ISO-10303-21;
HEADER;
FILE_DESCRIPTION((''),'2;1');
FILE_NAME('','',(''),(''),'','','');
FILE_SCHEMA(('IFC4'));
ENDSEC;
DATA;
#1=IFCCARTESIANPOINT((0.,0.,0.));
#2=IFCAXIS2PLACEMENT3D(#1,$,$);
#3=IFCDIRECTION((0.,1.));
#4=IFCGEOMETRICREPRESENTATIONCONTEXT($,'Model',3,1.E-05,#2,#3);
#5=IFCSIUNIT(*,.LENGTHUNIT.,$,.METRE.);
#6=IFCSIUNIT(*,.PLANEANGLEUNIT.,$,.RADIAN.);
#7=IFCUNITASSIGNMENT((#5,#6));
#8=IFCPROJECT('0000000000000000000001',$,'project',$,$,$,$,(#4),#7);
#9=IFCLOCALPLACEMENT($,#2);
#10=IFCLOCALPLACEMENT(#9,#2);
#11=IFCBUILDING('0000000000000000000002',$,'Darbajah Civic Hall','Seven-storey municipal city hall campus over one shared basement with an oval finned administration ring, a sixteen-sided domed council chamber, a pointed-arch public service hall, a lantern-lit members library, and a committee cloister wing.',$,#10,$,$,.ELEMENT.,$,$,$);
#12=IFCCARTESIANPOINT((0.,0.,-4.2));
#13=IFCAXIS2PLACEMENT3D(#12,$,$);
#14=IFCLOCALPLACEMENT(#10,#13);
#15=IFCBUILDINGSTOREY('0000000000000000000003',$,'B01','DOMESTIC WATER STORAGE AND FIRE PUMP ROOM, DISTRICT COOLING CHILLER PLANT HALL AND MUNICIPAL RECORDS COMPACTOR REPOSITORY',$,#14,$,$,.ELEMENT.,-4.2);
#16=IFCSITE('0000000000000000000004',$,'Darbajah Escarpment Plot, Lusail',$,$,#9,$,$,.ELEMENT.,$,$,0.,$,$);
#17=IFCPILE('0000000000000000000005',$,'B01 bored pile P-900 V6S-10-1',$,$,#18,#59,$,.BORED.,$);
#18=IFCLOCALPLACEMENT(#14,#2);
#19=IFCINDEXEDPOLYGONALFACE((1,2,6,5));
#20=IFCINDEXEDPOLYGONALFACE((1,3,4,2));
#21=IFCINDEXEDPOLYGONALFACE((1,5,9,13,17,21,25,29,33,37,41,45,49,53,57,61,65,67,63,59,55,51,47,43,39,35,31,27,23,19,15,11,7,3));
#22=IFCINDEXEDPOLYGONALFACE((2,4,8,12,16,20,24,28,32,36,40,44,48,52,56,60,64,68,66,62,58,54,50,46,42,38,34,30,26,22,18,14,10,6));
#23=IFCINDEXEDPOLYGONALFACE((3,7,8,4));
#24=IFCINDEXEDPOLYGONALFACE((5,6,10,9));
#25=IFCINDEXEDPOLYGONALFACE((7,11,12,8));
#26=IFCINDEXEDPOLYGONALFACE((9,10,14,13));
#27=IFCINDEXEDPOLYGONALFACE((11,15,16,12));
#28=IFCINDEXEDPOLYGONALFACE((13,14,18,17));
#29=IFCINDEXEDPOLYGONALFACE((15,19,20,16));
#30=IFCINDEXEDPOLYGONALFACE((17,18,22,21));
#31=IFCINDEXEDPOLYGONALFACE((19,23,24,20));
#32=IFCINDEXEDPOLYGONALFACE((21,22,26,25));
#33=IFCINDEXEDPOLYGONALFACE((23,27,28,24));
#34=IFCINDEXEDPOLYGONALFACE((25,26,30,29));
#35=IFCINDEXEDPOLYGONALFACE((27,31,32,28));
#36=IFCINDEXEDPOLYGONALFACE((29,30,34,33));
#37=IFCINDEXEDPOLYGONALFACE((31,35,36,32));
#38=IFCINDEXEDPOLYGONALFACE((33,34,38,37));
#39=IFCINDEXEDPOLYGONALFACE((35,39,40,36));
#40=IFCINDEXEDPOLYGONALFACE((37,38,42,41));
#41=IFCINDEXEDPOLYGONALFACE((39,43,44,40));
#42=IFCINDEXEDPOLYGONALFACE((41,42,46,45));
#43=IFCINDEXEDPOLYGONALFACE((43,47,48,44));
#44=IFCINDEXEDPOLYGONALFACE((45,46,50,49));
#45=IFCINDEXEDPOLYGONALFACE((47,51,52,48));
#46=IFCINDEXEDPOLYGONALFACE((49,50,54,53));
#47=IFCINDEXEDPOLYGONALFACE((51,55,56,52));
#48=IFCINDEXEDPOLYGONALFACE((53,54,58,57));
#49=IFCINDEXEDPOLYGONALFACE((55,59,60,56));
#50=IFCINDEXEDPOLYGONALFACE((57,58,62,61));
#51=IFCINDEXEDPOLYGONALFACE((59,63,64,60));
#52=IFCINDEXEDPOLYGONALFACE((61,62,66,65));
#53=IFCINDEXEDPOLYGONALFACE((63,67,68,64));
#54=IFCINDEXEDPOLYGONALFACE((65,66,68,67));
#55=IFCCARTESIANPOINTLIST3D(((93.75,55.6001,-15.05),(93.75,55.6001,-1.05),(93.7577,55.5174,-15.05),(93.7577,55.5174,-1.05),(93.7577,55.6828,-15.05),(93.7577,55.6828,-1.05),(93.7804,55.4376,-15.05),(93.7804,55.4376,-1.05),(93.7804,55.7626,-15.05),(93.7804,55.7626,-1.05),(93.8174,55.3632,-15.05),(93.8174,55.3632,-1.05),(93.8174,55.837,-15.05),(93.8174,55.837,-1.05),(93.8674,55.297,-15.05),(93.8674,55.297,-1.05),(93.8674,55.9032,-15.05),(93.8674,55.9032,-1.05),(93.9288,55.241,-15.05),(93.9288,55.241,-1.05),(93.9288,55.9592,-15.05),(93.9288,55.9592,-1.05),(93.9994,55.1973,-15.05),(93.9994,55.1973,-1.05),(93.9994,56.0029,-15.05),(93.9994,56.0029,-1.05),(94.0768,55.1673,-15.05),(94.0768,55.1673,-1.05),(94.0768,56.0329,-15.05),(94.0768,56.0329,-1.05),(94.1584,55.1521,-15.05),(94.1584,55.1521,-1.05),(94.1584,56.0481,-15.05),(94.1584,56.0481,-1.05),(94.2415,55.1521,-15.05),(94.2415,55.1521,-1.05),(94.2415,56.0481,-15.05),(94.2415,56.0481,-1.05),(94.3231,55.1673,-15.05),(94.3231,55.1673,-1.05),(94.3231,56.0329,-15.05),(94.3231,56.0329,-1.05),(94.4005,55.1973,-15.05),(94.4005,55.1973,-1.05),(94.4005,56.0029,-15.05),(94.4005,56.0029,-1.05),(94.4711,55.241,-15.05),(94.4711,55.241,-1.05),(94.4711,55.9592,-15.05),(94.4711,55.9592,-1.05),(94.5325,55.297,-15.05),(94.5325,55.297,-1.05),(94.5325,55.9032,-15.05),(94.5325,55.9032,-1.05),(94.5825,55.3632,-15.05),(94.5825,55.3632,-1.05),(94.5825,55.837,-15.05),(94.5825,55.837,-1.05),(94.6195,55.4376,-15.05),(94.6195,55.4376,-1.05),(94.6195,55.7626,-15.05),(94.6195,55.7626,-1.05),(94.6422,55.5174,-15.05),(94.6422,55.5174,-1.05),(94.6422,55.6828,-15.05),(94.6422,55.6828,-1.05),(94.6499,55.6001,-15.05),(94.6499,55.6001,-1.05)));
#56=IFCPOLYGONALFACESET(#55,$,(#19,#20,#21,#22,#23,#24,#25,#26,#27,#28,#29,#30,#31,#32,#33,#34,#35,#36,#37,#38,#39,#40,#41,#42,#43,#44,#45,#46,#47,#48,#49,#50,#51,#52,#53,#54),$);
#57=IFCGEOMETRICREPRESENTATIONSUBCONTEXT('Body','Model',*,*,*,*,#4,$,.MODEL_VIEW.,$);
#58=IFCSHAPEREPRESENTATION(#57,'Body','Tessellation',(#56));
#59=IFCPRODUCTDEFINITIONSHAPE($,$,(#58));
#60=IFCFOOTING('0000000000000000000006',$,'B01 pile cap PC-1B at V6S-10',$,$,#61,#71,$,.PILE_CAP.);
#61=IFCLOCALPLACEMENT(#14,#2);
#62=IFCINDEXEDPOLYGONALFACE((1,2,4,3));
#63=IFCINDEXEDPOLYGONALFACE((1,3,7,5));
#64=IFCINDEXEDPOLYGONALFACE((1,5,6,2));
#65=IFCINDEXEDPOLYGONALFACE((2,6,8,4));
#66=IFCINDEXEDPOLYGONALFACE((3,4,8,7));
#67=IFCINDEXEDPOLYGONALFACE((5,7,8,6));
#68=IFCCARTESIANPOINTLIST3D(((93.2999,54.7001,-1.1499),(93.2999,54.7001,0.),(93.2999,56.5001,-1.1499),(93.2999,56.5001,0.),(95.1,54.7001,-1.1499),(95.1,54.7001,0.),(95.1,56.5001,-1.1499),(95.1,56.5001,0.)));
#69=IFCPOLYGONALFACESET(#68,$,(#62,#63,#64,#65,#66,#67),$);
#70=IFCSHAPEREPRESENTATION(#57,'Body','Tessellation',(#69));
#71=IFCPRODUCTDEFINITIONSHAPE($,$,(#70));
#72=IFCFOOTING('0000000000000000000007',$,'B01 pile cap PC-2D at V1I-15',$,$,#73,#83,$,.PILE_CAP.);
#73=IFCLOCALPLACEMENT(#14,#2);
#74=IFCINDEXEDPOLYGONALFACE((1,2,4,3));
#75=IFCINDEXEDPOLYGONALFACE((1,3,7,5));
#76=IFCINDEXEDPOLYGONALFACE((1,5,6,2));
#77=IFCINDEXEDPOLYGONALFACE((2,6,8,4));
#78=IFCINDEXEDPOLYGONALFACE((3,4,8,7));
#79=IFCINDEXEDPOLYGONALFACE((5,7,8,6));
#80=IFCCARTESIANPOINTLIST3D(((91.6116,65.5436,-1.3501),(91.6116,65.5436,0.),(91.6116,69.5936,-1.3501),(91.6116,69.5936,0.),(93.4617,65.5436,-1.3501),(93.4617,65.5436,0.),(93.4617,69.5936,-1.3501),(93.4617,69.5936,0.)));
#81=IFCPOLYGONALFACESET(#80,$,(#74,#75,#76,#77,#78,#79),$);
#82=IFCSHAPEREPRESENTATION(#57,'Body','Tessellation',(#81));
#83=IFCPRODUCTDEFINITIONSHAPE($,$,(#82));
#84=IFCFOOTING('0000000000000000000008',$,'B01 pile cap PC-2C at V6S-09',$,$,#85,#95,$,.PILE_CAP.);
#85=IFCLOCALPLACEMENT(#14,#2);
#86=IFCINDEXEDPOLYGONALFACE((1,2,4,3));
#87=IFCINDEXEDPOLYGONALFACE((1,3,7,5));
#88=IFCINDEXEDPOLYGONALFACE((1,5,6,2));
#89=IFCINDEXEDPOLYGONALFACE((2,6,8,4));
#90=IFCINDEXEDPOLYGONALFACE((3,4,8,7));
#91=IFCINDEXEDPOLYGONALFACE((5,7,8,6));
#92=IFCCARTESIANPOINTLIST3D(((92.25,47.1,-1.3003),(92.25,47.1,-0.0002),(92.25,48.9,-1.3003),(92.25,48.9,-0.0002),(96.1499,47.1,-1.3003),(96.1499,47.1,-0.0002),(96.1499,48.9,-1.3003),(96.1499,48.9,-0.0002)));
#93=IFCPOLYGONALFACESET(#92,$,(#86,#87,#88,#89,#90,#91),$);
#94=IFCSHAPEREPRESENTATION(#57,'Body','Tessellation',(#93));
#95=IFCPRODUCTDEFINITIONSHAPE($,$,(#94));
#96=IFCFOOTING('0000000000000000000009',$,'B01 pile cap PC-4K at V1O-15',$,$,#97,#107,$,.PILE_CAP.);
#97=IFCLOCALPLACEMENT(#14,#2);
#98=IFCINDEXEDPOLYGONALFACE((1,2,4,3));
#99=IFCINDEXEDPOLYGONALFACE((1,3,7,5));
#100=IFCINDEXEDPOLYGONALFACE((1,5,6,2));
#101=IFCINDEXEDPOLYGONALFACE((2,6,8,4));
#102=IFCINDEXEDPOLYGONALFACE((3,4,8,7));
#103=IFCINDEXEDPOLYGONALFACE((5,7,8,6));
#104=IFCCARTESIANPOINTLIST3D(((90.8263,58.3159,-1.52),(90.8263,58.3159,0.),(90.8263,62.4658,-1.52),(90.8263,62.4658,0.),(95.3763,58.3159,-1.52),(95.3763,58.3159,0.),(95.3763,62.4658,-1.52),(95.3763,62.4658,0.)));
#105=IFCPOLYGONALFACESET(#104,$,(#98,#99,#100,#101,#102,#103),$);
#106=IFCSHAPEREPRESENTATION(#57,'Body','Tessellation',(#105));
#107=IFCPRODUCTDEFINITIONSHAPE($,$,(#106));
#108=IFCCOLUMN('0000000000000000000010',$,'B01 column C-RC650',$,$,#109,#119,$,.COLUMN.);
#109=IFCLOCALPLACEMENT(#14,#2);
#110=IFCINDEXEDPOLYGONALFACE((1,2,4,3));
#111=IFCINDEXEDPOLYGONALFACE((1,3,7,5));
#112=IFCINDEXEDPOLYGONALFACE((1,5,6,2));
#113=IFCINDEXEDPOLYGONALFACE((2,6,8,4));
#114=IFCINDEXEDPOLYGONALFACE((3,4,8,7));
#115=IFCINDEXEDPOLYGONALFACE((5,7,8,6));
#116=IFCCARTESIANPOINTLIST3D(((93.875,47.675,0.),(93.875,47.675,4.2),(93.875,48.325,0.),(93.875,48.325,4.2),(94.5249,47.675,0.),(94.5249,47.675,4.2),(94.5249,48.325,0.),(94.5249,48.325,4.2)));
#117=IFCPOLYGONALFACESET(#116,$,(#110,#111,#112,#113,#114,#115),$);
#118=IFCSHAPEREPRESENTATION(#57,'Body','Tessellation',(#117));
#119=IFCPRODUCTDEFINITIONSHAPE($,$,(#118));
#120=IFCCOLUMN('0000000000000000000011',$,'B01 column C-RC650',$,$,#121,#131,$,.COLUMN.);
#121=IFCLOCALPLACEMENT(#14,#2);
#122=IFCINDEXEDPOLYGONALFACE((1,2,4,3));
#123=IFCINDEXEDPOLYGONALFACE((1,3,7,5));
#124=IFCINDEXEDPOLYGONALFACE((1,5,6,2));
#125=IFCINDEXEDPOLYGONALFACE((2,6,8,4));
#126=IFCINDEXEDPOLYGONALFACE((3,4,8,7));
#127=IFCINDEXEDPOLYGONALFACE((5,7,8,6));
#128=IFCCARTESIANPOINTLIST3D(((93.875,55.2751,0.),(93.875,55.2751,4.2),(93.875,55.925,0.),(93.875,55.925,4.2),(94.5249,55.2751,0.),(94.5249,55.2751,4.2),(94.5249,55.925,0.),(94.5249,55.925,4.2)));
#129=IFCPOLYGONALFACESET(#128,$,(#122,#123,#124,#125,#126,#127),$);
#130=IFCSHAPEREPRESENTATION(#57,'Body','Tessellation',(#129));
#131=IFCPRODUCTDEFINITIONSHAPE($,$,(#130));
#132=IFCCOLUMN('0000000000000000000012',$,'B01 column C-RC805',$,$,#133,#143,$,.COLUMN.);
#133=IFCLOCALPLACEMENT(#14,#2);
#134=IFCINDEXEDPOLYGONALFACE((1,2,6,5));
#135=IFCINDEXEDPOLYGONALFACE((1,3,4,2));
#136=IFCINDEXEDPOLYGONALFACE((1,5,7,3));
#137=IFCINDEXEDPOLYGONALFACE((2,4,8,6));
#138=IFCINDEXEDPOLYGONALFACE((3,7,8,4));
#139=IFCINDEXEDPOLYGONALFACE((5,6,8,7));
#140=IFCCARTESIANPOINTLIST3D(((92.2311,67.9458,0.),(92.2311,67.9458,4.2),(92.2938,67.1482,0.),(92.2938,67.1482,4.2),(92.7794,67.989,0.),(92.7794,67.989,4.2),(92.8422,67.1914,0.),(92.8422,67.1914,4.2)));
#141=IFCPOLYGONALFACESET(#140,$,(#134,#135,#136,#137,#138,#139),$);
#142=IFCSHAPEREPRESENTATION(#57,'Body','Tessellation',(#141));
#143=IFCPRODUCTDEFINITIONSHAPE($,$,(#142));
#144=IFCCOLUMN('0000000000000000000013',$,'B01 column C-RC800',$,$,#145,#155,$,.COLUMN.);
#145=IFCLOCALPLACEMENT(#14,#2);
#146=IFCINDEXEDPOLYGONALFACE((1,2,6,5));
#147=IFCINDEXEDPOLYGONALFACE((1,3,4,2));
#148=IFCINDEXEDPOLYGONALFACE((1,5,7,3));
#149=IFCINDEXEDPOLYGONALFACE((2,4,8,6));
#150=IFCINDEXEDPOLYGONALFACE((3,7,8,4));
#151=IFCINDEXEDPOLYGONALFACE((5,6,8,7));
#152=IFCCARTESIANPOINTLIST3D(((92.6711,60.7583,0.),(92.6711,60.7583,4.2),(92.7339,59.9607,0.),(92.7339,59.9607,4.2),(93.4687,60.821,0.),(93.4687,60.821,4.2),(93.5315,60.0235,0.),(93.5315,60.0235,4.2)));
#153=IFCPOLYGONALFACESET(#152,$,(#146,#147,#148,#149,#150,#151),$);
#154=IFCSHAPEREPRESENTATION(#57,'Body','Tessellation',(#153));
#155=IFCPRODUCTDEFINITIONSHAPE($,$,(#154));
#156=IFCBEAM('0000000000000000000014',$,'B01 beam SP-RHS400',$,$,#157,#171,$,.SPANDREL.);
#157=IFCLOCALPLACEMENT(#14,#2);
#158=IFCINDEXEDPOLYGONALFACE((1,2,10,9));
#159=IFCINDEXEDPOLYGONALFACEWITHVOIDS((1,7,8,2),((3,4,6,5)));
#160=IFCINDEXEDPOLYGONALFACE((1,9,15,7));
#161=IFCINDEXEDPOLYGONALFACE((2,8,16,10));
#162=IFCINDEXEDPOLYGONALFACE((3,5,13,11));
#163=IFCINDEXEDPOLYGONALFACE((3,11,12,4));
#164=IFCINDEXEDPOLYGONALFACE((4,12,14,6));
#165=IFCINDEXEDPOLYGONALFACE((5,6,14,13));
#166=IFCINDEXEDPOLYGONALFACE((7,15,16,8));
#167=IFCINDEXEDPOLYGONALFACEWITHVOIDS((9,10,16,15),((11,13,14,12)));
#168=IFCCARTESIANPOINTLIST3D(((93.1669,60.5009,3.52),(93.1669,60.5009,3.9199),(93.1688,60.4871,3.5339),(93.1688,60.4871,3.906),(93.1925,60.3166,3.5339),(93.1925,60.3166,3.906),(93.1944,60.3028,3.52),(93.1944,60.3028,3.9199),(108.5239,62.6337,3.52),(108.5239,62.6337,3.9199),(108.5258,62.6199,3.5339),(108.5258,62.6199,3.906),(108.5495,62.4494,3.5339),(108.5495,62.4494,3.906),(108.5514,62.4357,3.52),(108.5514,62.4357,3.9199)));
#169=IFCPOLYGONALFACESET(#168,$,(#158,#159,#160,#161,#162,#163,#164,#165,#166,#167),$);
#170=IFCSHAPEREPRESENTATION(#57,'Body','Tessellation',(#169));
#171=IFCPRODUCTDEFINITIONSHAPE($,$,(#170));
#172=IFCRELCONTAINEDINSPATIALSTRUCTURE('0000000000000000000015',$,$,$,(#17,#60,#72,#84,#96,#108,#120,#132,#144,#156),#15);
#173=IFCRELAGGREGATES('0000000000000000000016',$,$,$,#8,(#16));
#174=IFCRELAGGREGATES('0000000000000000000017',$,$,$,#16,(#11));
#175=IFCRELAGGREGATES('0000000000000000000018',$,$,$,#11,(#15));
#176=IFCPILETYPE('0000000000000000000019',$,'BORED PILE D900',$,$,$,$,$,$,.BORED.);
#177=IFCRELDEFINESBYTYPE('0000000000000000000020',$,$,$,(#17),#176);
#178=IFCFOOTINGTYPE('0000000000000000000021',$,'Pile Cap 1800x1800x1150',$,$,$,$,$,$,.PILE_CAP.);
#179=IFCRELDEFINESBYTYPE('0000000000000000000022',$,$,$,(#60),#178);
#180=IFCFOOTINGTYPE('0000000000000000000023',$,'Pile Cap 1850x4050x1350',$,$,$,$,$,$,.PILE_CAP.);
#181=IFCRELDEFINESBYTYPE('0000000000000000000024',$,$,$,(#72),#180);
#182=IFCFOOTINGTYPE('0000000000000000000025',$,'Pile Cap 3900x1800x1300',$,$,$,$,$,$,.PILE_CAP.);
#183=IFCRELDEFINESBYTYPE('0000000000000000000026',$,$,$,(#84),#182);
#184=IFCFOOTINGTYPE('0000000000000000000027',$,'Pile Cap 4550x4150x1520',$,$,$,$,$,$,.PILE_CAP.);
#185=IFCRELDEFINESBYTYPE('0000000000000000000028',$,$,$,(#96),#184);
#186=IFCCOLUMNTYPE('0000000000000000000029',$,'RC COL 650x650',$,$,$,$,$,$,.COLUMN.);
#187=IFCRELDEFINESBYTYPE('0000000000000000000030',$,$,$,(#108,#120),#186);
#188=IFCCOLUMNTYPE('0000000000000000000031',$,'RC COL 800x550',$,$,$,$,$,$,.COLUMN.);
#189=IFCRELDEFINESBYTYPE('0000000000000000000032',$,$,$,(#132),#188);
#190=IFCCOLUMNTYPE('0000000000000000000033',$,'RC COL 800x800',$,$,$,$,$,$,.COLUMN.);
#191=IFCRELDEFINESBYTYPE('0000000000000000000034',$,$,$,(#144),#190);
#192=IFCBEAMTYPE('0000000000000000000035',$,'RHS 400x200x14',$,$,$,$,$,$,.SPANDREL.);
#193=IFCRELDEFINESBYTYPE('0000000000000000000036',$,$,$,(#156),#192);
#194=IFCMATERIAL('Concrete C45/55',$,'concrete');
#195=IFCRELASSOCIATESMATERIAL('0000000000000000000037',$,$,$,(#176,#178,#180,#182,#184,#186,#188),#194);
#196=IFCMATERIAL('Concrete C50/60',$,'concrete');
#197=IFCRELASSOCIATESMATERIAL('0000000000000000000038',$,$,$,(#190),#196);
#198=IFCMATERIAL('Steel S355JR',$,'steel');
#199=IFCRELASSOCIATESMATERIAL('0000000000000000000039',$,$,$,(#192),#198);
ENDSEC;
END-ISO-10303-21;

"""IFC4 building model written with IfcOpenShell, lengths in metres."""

from ifc_helpers import new_model, si_unit, direction, frame, origin, origin_2d, place, context, subcontext, project, spatial, rectangle, hollow_rectangle, circle, extrude, material, material_profile, profile_set, type_object, element, save


model = new_model("IFC4")

# Units and contexts
model_context = context("Model", 3, precision=1e-05, world=origin(), true_north=direction((0.0, 1.0)))
body_context = subcontext(model_context, "Body", "Model", "MODEL_VIEW")
ifc_project = project(units=[si_unit("LENGTHUNIT", "METRE"), si_unit("PLANEANGLEUNIT", "RADIAN")], contexts=[model_context])

# Site, building, storey
site_placement = place(None, origin())
site = spatial("IfcSite", under=ifc_project, at=site_placement, Name="Darbajah Escarpment Plot, Lusail", CompositionType="ELEMENT", RefElevation=0.0)
building_placement = place(site_placement, origin())
building = spatial("IfcBuilding", under=site, at=building_placement, Name="Darbajah Civic Hall", Description="Seven-storey municipal city hall campus over one shared basement with an oval finned administration ring, a sixteen-sided domed council chamber, a pointed-arch public service hall, a lantern-lit members library, and a committee cloister wing.", CompositionType="ELEMENT")
storey_placement = place(building_placement, frame((0.0, 0.0, -4.2)))
storey = spatial("IfcBuildingStorey", under=building, at=storey_placement, Name="B01", Description="DOMESTIC WATER STORAGE AND FIRE PUMP ROOM, DISTRICT COOLING CHILLER PLANT HALL AND MUNICIPAL RECORDS COMPACTOR REPOSITORY", CompositionType="ELEMENT", Elevation=-4.2)

# Pile
ifc_material_1 = material(Name="Concrete C45/55", Category="concrete")
ifc_material_profile_1 = material_profile(ifc_material_1, circle(Radius=0.45, at=origin_2d()), Name="BORED PILE D900")
ifc_profile_set_1 = profile_set([ifc_material_profile_1], Name="Concrete C45/55")
pile_type_1 = type_object("IfcPileType", Name="BORED PILE D900", PredefinedType="BORED", material=ifc_profile_set_1)
pile_placement = place(storey_placement, frame((94.2, 55.6001, -1.05), z_axis=(0.0, 0.0, -1.0), x_axis=(1.0, 0.0, 0.0)))
element("IfcPile", 1, at=pile_placement, inside=storey, type_object=pile_type_1, Name="B01 bored pile P-900 V6S-10-1", PredefinedType="BORED", context=body_context, shape_type="SweptSolid", body=[
    extrude(circle(Radius=0.45, at=origin_2d()), origin(), (0.0, 0.0, 1.0), 14.0),
])

# Footings
footing_type_1 = type_object("IfcFootingType", Name="Pile Cap 1800x1800x1150", PredefinedType="PILE_CAP", material=ifc_material_1)
footing_1_placement = place(storey_placement, frame((94.2, 55.6001, -1.1499), z_axis=(0.0, 0.0, 1.0), x_axis=(1.0, 0.0, 0.0)))
element("IfcFooting", 2, at=footing_1_placement, inside=storey, type_object=footing_type_1, Name="B01 pile cap PC-1B at V6S-10", PredefinedType="PILE_CAP", context=body_context, shape_type="SweptSolid", body=[
    extrude(rectangle(XDim=1.8, YDim=1.8, at=origin_2d()), origin(), (0.0, 0.0, 1.0), 1.1499),
])
footing_type_2 = type_object("IfcFootingType", Name="Pile Cap 1850x4050x1350", PredefinedType="PILE_CAP", material=ifc_material_1)
footing_2_placement = place(storey_placement, frame((92.5366, 67.5686, -1.3501), z_axis=(0.0, 0.0, 1.0), x_axis=(1.0, 0.0, 0.0)))
element("IfcFooting", 3, at=footing_2_placement, inside=storey, type_object=footing_type_2, Name="B01 pile cap PC-2D at V1I-15", PredefinedType="PILE_CAP", context=body_context, shape_type="SweptSolid", body=[
    extrude(rectangle(XDim=1.8501, YDim=4.05, at=origin_2d()), origin(), (0.0, 0.0, 1.0), 1.3501),
])
footing_type_3 = type_object("IfcFootingType", Name="Pile Cap 3900x1800x1300", PredefinedType="PILE_CAP", material=ifc_material_1)
footing_3_placement = place(storey_placement, frame((94.2, 48.0, -1.3003), z_axis=(0.0, 0.0, 1.0), x_axis=(1.0, 0.0, 0.0)))
element("IfcFooting", 4, at=footing_3_placement, inside=storey, type_object=footing_type_3, Name="B01 pile cap PC-2C at V6S-09", PredefinedType="PILE_CAP", context=body_context, shape_type="SweptSolid", body=[
    extrude(rectangle(XDim=3.8999, YDim=1.8, at=origin_2d()), origin(), (0.0, 0.0, 1.0), 1.3),
])
footing_type_4 = type_object("IfcFootingType", Name="Pile Cap 4550x4150x1520", PredefinedType="PILE_CAP", material=ifc_material_1)
footing_4_placement = place(storey_placement, frame((93.1013, 60.3909, -1.52), z_axis=(0.0, 0.0, 1.0), x_axis=(1.0, 0.0, 0.0)))
element("IfcFooting", 5, at=footing_4_placement, inside=storey, type_object=footing_type_4, Name="B01 pile cap PC-4K at V1O-15", PredefinedType="PILE_CAP", context=body_context, shape_type="SweptSolid", body=[
    extrude(rectangle(XDim=4.55, YDim=4.1499, at=origin_2d()), origin(), (0.0, 0.0, 1.0), 1.52),
])

# Columns
ifc_material_profile_2 = material_profile(ifc_material_1, rectangle(XDim=0.6499, YDim=0.6499, at=origin_2d()), Name="RC COL 650x650")
ifc_profile_set_2 = profile_set([ifc_material_profile_2], Name="Concrete C45/55")
column_type_1 = type_object("IfcColumnType", Name="RC COL 650x650", PredefinedType="COLUMN", material=ifc_profile_set_2)
for number, where, z_axis, x_axis, name in (
    (6, (94.2, 48.0, 0.0), (0.0, 0.0, 1.0), (1.0, 0.0, 0.0), "B01 column C-RC650"),
    (7, (94.2, 55.6001, 0.0), (0.0, 0.0, 1.0), (1.0, 0.0, 0.0), "B01 column C-RC650"),
):
    element("IfcColumn", number, at=place(storey_placement, frame(where, z_axis=z_axis, x_axis=x_axis)), inside=storey, type_object=column_type_1, Name=name, PredefinedType="COLUMN", context=body_context, shape_type="SweptSolid", body=[
        extrude(rectangle(XDim=0.6499, YDim=0.6499, at=origin_2d()), origin(), (0.0, 0.0, 1.0), 4.2),
    ])
ifc_material_profile_3 = material_profile(ifc_material_1, rectangle(XDim=0.8, YDim=0.55, at=origin_2d()), Name="RC COL 800x550")
ifc_profile_set_3 = profile_set([ifc_material_profile_3], Name="Concrete C45/55")
column_type_2 = type_object("IfcColumnType", Name="RC COL 800x550", PredefinedType="COLUMN", material=ifc_profile_set_3)
column_1_placement = place(storey_placement, frame((92.5366, 67.5686, 0.0), z_axis=(0.0, 0.0, 1.0), x_axis=(0.078459, -0.996917, 0.0)))
element("IfcColumn", 8, at=column_1_placement, inside=storey, type_object=column_type_2, Name="B01 column C-RC805", PredefinedType="COLUMN", context=body_context, shape_type="SweptSolid", body=[
    extrude(rectangle(XDim=0.8, YDim=0.55, at=origin_2d()), origin(), (0.0, 0.0, 1.0), 4.2),
])
ifc_material_2 = material(Name="Concrete C50/60", Category="concrete")
ifc_material_profile_4 = material_profile(ifc_material_2, rectangle(XDim=0.8, YDim=0.8, at=origin_2d()), Name="RC COL 800x800")
ifc_profile_set_4 = profile_set([ifc_material_profile_4], Name="Concrete C50/60")
column_type_3 = type_object("IfcColumnType", Name="RC COL 800x800", PredefinedType="COLUMN", material=ifc_profile_set_4)
column_2_placement = place(storey_placement, frame((93.1013, 60.3909, 0.0), z_axis=(0.0, 0.0, 1.0), x_axis=(0.078459, -0.996917, 0.0)))
element("IfcColumn", 9, at=column_2_placement, inside=storey, type_object=column_type_3, Name="B01 column C-RC800", PredefinedType="COLUMN", context=body_context, shape_type="SweptSolid", body=[
    extrude(rectangle(XDim=0.8, YDim=0.8, at=origin_2d()), origin(), (0.0, 0.0, 1.0), 4.2),
])

# Beam
ifc_material_3 = material(Name="Steel S355JR", Category="steel")
ifc_material_profile_5 = material_profile(ifc_material_3, hollow_rectangle(XDim=0.2, YDim=0.3999, WallThickness=0.0139, at=origin_2d()), Name="RHS 400x200x14")
ifc_profile_set_5 = profile_set([ifc_material_profile_5], Name="Steel S355JR")
beam_type_1 = type_object("IfcBeamType", Name="RHS 400x200x14", PredefinedType="SPANDREL", material=ifc_profile_set_5)
beam_1_placement = place(storey_placement, frame((93.1807, 60.4019, 3.72), z_axis=(0.990493, 0.137562, 0.0), x_axis=(-0.137562, 0.990493, 0.0)))
element("IfcBeam", 10, at=beam_1_placement, inside=storey, type_object=beam_type_1, Name="B01 beam SP-RHS400", PredefinedType="SPANDREL", context=body_context, shape_type="SweptSolid", body=[
    extrude(hollow_rectangle(XDim=0.2, YDim=0.3999, WallThickness=0.0139, at=origin_2d()), origin(), (0.0, 0.0, 1.0), 15.5044),
])

save(model, "model.ifc")
